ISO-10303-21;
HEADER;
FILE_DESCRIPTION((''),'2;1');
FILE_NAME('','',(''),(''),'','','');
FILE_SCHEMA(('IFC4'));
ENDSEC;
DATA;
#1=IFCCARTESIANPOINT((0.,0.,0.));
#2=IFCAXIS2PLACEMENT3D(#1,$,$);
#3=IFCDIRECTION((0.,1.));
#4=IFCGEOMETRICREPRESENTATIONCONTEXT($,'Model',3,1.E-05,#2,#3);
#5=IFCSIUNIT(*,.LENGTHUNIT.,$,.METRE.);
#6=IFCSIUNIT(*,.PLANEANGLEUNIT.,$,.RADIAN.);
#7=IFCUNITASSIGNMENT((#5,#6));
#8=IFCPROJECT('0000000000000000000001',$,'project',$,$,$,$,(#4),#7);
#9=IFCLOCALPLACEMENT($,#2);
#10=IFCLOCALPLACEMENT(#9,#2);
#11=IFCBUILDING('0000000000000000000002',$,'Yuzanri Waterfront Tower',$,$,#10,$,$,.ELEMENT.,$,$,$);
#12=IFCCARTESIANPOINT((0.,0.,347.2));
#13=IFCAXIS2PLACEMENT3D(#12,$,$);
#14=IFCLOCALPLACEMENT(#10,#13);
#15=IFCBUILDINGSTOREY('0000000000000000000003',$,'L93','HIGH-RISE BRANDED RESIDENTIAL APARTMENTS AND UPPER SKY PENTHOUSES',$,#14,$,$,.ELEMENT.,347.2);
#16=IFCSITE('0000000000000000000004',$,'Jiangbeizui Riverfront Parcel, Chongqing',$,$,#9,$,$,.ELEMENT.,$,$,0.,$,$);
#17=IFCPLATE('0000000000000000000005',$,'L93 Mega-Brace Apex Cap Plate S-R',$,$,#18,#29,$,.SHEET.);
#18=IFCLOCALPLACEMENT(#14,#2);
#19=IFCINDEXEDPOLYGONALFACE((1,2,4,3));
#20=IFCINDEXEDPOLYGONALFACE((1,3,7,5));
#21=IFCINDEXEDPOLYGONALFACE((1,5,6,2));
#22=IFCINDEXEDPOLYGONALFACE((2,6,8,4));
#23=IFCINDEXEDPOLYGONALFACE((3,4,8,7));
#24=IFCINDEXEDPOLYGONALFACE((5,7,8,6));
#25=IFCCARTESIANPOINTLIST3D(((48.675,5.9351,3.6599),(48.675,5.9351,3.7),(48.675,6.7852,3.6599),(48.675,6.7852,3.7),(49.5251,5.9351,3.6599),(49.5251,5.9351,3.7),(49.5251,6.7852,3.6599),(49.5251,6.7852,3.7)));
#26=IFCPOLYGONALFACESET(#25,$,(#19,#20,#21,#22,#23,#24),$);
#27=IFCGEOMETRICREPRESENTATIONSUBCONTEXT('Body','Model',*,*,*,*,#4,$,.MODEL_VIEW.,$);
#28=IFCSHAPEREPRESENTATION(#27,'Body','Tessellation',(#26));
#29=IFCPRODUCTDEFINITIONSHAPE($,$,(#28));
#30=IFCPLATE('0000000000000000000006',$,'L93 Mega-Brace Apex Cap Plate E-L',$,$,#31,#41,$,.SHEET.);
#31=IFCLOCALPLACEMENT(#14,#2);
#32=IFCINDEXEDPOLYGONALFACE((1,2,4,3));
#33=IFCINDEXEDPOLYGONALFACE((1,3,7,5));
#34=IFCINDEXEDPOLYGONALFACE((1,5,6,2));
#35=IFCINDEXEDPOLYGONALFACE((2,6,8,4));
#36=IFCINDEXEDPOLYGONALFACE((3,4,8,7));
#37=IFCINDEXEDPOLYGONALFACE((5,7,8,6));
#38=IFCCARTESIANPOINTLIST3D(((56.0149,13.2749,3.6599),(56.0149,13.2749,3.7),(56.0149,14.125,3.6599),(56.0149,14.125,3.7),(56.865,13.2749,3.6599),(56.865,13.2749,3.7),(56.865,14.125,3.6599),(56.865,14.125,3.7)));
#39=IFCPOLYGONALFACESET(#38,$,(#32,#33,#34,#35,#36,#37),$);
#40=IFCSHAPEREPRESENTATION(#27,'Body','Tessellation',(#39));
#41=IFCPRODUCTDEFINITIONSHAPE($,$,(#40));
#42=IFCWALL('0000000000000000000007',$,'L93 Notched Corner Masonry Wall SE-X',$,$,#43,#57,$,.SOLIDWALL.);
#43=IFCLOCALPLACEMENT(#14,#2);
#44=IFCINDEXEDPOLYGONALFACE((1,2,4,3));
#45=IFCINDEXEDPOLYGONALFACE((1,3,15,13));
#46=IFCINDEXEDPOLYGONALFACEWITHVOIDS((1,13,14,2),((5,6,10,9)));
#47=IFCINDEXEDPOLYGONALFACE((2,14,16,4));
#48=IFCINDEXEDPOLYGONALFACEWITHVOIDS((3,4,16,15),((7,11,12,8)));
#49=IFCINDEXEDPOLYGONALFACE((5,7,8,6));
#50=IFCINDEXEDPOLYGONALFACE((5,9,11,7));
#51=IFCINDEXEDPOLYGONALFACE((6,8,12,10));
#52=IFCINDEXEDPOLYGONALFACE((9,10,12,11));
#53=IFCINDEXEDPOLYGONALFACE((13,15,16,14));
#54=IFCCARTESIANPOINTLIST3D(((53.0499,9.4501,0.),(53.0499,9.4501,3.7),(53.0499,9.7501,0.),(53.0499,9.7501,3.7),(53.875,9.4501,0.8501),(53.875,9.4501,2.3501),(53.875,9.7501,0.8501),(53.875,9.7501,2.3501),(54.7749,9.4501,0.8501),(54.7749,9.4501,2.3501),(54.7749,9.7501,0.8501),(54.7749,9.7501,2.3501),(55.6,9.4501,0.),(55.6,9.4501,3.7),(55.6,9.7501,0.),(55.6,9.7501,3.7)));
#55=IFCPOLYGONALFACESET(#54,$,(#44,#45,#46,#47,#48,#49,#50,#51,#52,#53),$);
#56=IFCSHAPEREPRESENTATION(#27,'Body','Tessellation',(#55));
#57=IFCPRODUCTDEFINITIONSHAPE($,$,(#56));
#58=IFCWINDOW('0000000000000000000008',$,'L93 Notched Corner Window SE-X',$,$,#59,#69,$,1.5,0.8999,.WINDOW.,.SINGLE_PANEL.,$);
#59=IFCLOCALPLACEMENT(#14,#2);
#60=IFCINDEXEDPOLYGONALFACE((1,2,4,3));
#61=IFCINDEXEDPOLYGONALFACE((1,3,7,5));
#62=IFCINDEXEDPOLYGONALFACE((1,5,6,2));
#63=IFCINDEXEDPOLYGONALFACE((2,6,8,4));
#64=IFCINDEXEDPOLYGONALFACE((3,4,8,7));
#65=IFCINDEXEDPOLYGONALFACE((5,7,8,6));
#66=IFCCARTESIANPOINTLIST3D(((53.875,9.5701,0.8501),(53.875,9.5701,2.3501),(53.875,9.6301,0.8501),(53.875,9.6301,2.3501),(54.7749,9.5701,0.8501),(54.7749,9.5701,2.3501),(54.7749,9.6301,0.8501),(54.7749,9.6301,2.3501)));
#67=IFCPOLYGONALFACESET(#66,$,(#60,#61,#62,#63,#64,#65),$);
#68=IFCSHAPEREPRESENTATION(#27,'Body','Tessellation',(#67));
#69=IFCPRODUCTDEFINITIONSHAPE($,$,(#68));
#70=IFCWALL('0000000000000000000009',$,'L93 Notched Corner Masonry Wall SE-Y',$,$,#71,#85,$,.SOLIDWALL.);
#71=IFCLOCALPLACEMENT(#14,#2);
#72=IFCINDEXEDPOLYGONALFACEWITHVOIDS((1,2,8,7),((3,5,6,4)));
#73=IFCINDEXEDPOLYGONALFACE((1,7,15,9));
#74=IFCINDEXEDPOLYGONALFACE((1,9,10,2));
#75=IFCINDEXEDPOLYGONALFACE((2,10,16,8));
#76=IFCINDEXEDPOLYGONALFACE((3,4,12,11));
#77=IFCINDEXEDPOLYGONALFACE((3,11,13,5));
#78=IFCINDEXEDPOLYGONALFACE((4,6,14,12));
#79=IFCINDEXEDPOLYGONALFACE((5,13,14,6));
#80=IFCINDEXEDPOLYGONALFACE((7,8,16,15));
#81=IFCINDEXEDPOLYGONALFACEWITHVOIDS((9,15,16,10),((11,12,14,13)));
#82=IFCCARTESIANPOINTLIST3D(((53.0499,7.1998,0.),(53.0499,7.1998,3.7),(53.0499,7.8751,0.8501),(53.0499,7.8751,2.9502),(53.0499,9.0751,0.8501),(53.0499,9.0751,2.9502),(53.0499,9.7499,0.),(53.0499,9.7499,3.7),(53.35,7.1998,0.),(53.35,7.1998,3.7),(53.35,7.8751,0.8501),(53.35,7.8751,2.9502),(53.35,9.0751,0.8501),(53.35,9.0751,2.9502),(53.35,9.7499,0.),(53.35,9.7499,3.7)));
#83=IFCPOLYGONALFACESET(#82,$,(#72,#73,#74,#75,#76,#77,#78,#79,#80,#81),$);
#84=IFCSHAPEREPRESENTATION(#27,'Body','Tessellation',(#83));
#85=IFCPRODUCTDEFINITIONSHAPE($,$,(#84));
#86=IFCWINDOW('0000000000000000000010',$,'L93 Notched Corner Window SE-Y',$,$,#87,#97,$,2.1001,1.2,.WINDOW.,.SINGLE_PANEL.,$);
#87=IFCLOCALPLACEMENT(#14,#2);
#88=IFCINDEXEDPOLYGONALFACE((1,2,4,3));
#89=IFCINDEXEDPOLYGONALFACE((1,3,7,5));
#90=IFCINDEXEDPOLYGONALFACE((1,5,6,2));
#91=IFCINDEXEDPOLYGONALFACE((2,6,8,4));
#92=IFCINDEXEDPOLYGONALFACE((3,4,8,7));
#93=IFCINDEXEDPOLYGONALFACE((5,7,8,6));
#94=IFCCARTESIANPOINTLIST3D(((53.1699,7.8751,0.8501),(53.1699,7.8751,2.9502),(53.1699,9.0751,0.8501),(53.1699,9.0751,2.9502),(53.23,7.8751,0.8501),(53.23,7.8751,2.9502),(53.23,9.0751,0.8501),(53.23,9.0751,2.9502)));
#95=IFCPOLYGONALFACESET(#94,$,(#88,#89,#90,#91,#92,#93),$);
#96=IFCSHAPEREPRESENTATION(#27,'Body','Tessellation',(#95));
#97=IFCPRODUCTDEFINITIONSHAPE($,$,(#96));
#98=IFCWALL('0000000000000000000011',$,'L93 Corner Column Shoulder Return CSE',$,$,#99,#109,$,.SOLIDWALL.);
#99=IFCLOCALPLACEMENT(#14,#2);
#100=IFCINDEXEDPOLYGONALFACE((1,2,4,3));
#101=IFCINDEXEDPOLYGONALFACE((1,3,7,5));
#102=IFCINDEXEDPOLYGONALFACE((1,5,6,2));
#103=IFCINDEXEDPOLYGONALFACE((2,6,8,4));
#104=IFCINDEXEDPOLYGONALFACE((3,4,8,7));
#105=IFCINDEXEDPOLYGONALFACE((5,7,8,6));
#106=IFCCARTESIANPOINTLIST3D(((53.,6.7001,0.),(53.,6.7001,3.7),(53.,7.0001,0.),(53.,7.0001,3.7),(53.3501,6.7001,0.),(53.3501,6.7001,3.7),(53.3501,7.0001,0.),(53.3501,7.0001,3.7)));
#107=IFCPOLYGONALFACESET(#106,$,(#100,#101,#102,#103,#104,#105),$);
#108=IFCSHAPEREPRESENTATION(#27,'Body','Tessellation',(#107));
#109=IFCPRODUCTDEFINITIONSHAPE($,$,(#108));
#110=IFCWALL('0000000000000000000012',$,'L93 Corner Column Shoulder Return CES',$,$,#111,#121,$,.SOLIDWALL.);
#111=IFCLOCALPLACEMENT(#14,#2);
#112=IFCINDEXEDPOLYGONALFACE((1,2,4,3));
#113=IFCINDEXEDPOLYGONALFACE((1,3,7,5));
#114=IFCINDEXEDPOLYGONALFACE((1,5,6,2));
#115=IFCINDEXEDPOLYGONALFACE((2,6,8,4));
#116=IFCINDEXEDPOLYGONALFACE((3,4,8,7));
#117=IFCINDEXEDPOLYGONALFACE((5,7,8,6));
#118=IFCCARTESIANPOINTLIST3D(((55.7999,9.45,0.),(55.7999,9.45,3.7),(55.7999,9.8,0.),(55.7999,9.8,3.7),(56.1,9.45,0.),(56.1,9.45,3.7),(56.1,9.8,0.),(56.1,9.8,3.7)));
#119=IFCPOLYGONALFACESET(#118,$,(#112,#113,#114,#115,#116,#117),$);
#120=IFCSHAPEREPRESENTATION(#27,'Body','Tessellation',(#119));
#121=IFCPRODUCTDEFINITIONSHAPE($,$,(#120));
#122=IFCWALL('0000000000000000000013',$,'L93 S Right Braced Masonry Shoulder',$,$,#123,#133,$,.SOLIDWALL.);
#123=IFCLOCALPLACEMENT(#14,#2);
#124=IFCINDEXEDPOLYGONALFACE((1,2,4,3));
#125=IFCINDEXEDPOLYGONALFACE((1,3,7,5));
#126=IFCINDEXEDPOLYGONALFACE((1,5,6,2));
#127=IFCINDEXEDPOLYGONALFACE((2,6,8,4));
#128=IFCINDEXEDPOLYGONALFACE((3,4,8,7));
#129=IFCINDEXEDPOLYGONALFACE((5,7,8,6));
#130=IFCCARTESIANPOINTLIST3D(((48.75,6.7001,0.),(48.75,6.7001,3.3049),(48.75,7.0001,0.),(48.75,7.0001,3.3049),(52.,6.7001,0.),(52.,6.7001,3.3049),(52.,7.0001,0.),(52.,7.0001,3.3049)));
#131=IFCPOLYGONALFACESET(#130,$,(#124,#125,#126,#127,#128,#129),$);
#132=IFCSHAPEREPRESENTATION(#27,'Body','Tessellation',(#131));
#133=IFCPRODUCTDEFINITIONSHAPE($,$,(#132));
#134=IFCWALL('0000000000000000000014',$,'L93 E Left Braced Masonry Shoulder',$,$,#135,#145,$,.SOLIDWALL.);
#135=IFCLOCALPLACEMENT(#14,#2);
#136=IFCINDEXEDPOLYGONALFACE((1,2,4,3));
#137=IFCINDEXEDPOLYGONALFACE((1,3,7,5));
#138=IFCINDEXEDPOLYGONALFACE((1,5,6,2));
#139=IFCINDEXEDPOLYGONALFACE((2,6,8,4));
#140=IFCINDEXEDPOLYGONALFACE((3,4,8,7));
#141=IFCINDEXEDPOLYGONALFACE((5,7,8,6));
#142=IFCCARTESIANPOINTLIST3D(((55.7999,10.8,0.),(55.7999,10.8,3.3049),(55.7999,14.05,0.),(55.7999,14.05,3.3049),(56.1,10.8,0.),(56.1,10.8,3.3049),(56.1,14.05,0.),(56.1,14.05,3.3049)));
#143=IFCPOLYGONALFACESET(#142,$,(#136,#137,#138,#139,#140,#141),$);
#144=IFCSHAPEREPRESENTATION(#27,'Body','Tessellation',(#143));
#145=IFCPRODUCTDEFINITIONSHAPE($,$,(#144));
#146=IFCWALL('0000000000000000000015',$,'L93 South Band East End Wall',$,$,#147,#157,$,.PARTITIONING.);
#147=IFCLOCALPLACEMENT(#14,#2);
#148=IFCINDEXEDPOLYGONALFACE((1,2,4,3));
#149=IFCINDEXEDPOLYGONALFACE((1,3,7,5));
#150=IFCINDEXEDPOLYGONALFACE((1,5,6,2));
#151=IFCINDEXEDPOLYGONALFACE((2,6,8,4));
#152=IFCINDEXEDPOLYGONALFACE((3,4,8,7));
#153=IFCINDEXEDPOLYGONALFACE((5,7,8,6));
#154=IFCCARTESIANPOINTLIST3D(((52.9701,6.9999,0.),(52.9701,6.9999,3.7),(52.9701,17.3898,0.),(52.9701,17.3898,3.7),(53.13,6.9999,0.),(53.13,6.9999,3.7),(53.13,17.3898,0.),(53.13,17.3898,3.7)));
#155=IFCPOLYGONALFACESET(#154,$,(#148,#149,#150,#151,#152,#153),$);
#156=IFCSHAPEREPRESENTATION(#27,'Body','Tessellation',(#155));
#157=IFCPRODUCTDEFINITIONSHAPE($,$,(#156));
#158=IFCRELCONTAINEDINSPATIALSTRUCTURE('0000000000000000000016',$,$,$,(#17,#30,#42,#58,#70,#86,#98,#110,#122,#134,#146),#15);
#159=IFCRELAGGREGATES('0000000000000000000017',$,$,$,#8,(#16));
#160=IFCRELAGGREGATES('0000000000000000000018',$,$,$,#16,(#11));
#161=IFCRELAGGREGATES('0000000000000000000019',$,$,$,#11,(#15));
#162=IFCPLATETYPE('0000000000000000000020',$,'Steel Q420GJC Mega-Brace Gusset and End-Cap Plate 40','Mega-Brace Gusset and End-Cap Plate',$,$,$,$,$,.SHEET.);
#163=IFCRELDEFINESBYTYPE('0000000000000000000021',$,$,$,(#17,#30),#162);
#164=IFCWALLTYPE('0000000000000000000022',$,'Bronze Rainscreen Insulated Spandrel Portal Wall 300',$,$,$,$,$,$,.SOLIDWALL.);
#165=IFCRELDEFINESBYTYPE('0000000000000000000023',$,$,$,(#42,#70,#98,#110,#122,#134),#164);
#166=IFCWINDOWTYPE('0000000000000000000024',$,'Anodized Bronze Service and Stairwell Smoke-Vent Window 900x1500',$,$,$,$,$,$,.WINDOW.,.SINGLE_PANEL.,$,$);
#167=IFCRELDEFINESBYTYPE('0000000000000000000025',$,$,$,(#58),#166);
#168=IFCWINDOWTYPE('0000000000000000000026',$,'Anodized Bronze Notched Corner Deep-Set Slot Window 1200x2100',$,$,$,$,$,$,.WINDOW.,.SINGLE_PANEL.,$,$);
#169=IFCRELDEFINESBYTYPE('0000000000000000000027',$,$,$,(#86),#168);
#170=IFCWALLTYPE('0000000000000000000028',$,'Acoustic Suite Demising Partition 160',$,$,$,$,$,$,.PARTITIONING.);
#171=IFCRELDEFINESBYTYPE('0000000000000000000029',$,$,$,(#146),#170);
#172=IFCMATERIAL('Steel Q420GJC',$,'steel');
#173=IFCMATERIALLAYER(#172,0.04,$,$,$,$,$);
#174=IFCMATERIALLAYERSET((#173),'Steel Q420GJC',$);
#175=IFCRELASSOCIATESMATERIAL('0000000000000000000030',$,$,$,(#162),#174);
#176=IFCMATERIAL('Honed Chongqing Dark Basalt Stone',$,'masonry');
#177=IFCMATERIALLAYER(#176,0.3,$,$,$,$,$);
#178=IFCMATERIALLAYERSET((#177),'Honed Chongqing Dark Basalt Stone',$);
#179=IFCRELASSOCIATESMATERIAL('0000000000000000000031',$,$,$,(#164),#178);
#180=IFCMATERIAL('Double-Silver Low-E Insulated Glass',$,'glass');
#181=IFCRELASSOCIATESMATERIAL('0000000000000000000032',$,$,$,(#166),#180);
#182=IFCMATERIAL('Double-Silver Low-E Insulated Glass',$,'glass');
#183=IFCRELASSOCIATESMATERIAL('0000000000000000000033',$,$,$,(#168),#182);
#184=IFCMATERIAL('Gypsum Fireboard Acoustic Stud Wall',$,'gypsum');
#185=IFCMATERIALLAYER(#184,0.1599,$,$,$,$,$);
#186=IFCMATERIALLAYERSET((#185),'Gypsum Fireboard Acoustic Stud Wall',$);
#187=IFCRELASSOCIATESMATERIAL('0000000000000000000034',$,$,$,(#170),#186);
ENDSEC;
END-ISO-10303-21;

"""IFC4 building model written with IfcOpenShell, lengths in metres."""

from ifc_helpers import new_model, si_unit, direction, frame, frame_2d, origin, origin_2d, place, context, subcontext, project, spatial, rectangle, extrude, source, transform, mapped, material, layer, layer_set, type_object, element, fill, save


model = new_model("IFC4")

# Units and contexts
model_context = context("Model", 3, precision=1e-05, world=origin(), true_north=direction((0.0, 1.0)))
body_context = subcontext(model_context, "Body", "Model", "MODEL_VIEW")
ifc_project = project(units=[si_unit("LENGTHUNIT", "METRE"), si_unit("PLANEANGLEUNIT", "RADIAN")], contexts=[model_context])

# Site, building, storey
site_placement = place(None, origin())
site = spatial("IfcSite", under=ifc_project, at=site_placement, Name="Jiangbeizui Riverfront Parcel, Chongqing", CompositionType="ELEMENT", RefElevation=0.0)
building_placement = place(site_placement, origin())
building = spatial("IfcBuilding", under=site, at=building_placement, Name="Yuzanri Waterfront Tower", CompositionType="ELEMENT")
storey_placement = place(building_placement, frame((0.0, 0.0, 347.2)))
storey = spatial("IfcBuildingStorey", under=building, at=storey_placement, Name="L93", Description="HIGH-RISE BRANDED RESIDENTIAL APARTMENTS AND UPPER SKY PENTHOUSES", CompositionType="ELEMENT", Elevation=347.2)

# Plates
ifc_material_1 = material(Name="Steel Q420GJC", Category="steel")
ifc_layer_1 = layer(ifc_material_1, 0.04)
ifc_layer_set_1 = layer_set([ifc_layer_1], Name="Steel Q420GJC")
plate_type_1 = type_object("IfcPlateType", Name="Steel Q420GJC Mega-Brace Gusset and End-Cap Plate 40", Description="Mega-Brace Gusset and End-Cap Plate", PredefinedType="SHEET", material=ifc_layer_set_1)
shared_shape_1 = source(origin(), body_context, "Body", "SweptSolid", [
    extrude(rectangle(XDim=0.8501, YDim=0.8501, at=origin_2d()), origin(), (0.0, 0.0, 1.0), 0.04),
])
for number, where, z_axis, x_axis, name in (
    (1, (49.1001, 6.3601, 3.6599), (0.0, 0.0, 1.0), (1.0, 0.0, 0.0), "L93 Mega-Brace Apex Cap Plate S-R"),
    (2, (56.4399, 13.7, 3.6599), (0.0, 0.0, 1.0), (1.0, 0.0, 0.0), "L93 Mega-Brace Apex Cap Plate E-L"),
):
    element("IfcPlate", number, at=place(storey_placement, frame(where, z_axis=z_axis, x_axis=x_axis)), inside=storey, type_object=plate_type_1, Name=name, PredefinedType="SHEET", context=body_context, shape_type="MappedRepresentation", body=[
        mapped(shared_shape_1, transform((0.0, 0.0, 0.0), scale=1.0)),
    ])

# Walls, openings, windows
ifc_material_2 = material(Name="Honed Chongqing Dark Basalt Stone", Category="masonry")
ifc_layer_2 = layer(ifc_material_2, 0.3)
ifc_layer_set_2 = layer_set([ifc_layer_2], Name="Honed Chongqing Dark Basalt Stone")
wall_type_1 = type_object("IfcWallType", Name="Bronze Rainscreen Insulated Spandrel Portal Wall 300", PredefinedType="SOLIDWALL", material=ifc_layer_set_2)
wall_1_placement = place(storey_placement, frame((53.05, 9.6001, 0.0), z_axis=(0.0, 0.0, 1.0), x_axis=(1.0, 0.0, 0.0)))
wall_1 = element("IfcWall", 3, at=wall_1_placement, inside=storey, type_object=wall_type_1, Name="L93 Notched Corner Masonry Wall SE-X", PredefinedType="SOLIDWALL", context=body_context, shape_type="SweptSolid", body=[
    extrude(rectangle(XDim=2.55, YDim=0.3, at=frame_2d((1.2749, 0.0))), origin(), (0.0, 0.0, 1.0), 3.7),
])
opening_1_placement = place(wall_1_placement, frame((0.825, 0.0, 0.8501)))
opening_1 = element("IfcOpeningElement", 4, at=opening_1_placement, cuts=wall_1, PredefinedType="OPENING", context=body_context, shape_type="SweptSolid", body=[
    extrude(rectangle(XDim=0.8999, YDim=1.5, at=frame_2d((0.45, 0.75))), frame((0.0, 0.165, 0.0), z_axis=(0.0, -1.0, 0.0), x_axis=(1.0, 0.0, 0.0)), (0.0, 0.0, 1.0), 0.3298),
])
ifc_material_3 = material(Name="Double-Silver Low-E Insulated Glass", Category="glass")
window_type_1 = type_object("IfcWindowType", Name="Anodized Bronze Service and Stairwell Smoke-Vent Window 900x1500", PartitioningType="SINGLE_PANEL", PredefinedType="WINDOW", material=ifc_material_3)
shared_shape_2 = source(origin(), body_context, "Body", "SweptSolid", [
    extrude(rectangle(XDim=0.8999, YDim=1.5, at=frame_2d((0.45, 0.75))), frame((0.0, 0.03, 0.0), z_axis=(0.0, -1.0, 0.0), x_axis=(1.0, 0.0, 0.0)), (0.0, 0.0, 1.0), 0.0601),
])
window_1_placement = place(opening_1_placement, origin())
window_1 = element("IfcWindow", 5, at=window_1_placement, inside=storey, type_object=window_type_1, Name="L93 Notched Corner Window SE-X", OverallHeight=1.5, OverallWidth=0.8999, PartitioningType="SINGLE_PANEL", PredefinedType="WINDOW", context=body_context, shape_type="MappedRepresentation", body=[
    mapped(shared_shape_2, transform((0.0, 0.0, 0.0), scale=1.0)),
])
fill(opening_1, window_1)
wall_2_placement = place(storey_placement, frame((53.2, 7.2, 0.0), z_axis=(0.0, 0.0, 1.0), x_axis=(0.0, 1.0, 0.0)))
wall_2 = element("IfcWall", 6, at=wall_2_placement, inside=storey, type_object=wall_type_1, Name="L93 Notched Corner Masonry Wall SE-Y", PredefinedType="SOLIDWALL", context=body_context, shape_type="SweptSolid", body=[
    extrude(rectangle(XDim=2.55, YDim=0.3, at=frame_2d((1.2749, 0.0))), origin(), (0.0, 0.0, 1.0), 3.7),
])
opening_2_placement = place(wall_2_placement, frame((0.675, 0.0, 0.8501)))
opening_2 = element("IfcOpeningElement", 7, at=opening_2_placement, cuts=wall_2, PredefinedType="OPENING", context=body_context, shape_type="SweptSolid", body=[
    extrude(rectangle(XDim=1.2, YDim=2.1001, at=frame_2d((0.6001, 1.05))), frame((0.0, 0.165, 0.0), z_axis=(0.0, -1.0, 0.0), x_axis=(1.0, 0.0, 0.0)), (0.0, 0.0, 1.0), 0.3298),
])
ifc_material_4 = material(Name="Double-Silver Low-E Insulated Glass", Category="glass")
window_type_2 = type_object("IfcWindowType", Name="Anodized Bronze Notched Corner Deep-Set Slot Window 1200x2100", PartitioningType="SINGLE_PANEL", PredefinedType="WINDOW", material=ifc_material_4)
shared_shape_3 = source(origin(), body_context, "Body", "SweptSolid", [
    extrude(rectangle(XDim=1.2, YDim=2.1001, at=frame_2d((0.6001, 1.05))), frame((0.0, 0.03, 0.0), z_axis=(0.0, -1.0, 0.0), x_axis=(1.0, 0.0, 0.0)), (0.0, 0.0, 1.0), 0.0601),
])
window_2_placement = place(opening_2_placement, origin())
window_2 = element("IfcWindow", 8, at=window_2_placement, inside=storey, type_object=window_type_2, Name="L93 Notched Corner Window SE-Y", OverallHeight=2.1001, OverallWidth=1.2, PartitioningType="SINGLE_PANEL", PredefinedType="WINDOW", context=body_context, shape_type="MappedRepresentation", body=[
    mapped(shared_shape_3, transform((0.0, 0.0, 0.0), scale=1.0)),
])
fill(opening_2, window_2)

# Walls
shared_shape_4 = source(origin(), body_context, "Body", "SweptSolid", [
    extrude(rectangle(XDim=0.3501, YDim=0.3, at=frame_2d((0.175, 0.0))), origin(), (0.0, 0.0, 1.0), 3.7),
])
for number, where, z_axis, x_axis, name in (
    (9, (53.0, 6.8501, 0.0), (0.0, 0.0, 1.0), (1.0, 0.0, 0.0), "L93 Corner Column Shoulder Return CSE"),
    (10, (55.95, 9.45, 0.0), (0.0, 0.0, 1.0), (0.0, 1.0, 0.0), "L93 Corner Column Shoulder Return CES"),
):
    element("IfcWall", number, at=place(storey_placement, frame(where, z_axis=z_axis, x_axis=x_axis)), inside=storey, type_object=wall_type_1, Name=name, PredefinedType="SOLIDWALL", context=body_context, shape_type="MappedRepresentation", body=[
        mapped(shared_shape_4, transform((0.0, 0.0, 0.0), scale=1.0)),
    ])
shared_shape_5 = source(origin(), body_context, "Body", "SweptSolid", [
    extrude(rectangle(XDim=3.25, YDim=0.3, at=frame_2d((1.625, 0.0))), origin(), (0.0, 0.0, 1.0), 3.3049),
])
for number, where, z_axis, x_axis, name in (
    (11, (48.75, 6.8501, 0.0), (0.0, 0.0, 1.0), (1.0, 0.0, 0.0), "L93 S Right Braced Masonry Shoulder"),
    (12, (55.95, 10.8, 0.0), (0.0, 0.0, 1.0), (0.0, 1.0, 0.0), "L93 E Left Braced Masonry Shoulder"),
):
    element("IfcWall", number, at=place(storey_placement, frame(where, z_axis=z_axis, x_axis=x_axis)), inside=storey, type_object=wall_type_1, Name=name, PredefinedType="SOLIDWALL", context=body_context, shape_type="MappedRepresentation", body=[
        mapped(shared_shape_5, transform((0.0, 0.0, 0.0), scale=1.0)),
    ])
ifc_material_5 = material(Name="Gypsum Fireboard Acoustic Stud Wall", Category="gypsum")
ifc_layer_3 = layer(ifc_material_5, 0.1599)
ifc_layer_set_3 = layer_set([ifc_layer_3], Name="Gypsum Fireboard Acoustic Stud Wall")
wall_type_2 = type_object("IfcWallType", Name="Acoustic Suite Demising Partition 160", PredefinedType="PARTITIONING", material=ifc_layer_set_3)
shared_shape_6 = source(origin(), body_context, "Body", "SweptSolid", [
    extrude(rectangle(XDim=10.3899, YDim=0.1599, at=frame_2d((5.1948, 0.0))), origin(), (0.0, 0.0, 1.0), 3.7),
])
wall_3_placement = place(storey_placement, frame((53.05, 7.0, 0.0), z_axis=(0.0, 0.0, 1.0), x_axis=(0.0, 1.0, 0.0)))
element("IfcWall", 13, at=wall_3_placement, inside=storey, type_object=wall_type_2, Name="L93 South Band East End Wall", PredefinedType="PARTITIONING", context=body_context, shape_type="MappedRepresentation", body=[
    mapped(shared_shape_6, transform((0.0, 0.0, 0.0), scale=1.0)),
])

save(model, "model.ifc")
